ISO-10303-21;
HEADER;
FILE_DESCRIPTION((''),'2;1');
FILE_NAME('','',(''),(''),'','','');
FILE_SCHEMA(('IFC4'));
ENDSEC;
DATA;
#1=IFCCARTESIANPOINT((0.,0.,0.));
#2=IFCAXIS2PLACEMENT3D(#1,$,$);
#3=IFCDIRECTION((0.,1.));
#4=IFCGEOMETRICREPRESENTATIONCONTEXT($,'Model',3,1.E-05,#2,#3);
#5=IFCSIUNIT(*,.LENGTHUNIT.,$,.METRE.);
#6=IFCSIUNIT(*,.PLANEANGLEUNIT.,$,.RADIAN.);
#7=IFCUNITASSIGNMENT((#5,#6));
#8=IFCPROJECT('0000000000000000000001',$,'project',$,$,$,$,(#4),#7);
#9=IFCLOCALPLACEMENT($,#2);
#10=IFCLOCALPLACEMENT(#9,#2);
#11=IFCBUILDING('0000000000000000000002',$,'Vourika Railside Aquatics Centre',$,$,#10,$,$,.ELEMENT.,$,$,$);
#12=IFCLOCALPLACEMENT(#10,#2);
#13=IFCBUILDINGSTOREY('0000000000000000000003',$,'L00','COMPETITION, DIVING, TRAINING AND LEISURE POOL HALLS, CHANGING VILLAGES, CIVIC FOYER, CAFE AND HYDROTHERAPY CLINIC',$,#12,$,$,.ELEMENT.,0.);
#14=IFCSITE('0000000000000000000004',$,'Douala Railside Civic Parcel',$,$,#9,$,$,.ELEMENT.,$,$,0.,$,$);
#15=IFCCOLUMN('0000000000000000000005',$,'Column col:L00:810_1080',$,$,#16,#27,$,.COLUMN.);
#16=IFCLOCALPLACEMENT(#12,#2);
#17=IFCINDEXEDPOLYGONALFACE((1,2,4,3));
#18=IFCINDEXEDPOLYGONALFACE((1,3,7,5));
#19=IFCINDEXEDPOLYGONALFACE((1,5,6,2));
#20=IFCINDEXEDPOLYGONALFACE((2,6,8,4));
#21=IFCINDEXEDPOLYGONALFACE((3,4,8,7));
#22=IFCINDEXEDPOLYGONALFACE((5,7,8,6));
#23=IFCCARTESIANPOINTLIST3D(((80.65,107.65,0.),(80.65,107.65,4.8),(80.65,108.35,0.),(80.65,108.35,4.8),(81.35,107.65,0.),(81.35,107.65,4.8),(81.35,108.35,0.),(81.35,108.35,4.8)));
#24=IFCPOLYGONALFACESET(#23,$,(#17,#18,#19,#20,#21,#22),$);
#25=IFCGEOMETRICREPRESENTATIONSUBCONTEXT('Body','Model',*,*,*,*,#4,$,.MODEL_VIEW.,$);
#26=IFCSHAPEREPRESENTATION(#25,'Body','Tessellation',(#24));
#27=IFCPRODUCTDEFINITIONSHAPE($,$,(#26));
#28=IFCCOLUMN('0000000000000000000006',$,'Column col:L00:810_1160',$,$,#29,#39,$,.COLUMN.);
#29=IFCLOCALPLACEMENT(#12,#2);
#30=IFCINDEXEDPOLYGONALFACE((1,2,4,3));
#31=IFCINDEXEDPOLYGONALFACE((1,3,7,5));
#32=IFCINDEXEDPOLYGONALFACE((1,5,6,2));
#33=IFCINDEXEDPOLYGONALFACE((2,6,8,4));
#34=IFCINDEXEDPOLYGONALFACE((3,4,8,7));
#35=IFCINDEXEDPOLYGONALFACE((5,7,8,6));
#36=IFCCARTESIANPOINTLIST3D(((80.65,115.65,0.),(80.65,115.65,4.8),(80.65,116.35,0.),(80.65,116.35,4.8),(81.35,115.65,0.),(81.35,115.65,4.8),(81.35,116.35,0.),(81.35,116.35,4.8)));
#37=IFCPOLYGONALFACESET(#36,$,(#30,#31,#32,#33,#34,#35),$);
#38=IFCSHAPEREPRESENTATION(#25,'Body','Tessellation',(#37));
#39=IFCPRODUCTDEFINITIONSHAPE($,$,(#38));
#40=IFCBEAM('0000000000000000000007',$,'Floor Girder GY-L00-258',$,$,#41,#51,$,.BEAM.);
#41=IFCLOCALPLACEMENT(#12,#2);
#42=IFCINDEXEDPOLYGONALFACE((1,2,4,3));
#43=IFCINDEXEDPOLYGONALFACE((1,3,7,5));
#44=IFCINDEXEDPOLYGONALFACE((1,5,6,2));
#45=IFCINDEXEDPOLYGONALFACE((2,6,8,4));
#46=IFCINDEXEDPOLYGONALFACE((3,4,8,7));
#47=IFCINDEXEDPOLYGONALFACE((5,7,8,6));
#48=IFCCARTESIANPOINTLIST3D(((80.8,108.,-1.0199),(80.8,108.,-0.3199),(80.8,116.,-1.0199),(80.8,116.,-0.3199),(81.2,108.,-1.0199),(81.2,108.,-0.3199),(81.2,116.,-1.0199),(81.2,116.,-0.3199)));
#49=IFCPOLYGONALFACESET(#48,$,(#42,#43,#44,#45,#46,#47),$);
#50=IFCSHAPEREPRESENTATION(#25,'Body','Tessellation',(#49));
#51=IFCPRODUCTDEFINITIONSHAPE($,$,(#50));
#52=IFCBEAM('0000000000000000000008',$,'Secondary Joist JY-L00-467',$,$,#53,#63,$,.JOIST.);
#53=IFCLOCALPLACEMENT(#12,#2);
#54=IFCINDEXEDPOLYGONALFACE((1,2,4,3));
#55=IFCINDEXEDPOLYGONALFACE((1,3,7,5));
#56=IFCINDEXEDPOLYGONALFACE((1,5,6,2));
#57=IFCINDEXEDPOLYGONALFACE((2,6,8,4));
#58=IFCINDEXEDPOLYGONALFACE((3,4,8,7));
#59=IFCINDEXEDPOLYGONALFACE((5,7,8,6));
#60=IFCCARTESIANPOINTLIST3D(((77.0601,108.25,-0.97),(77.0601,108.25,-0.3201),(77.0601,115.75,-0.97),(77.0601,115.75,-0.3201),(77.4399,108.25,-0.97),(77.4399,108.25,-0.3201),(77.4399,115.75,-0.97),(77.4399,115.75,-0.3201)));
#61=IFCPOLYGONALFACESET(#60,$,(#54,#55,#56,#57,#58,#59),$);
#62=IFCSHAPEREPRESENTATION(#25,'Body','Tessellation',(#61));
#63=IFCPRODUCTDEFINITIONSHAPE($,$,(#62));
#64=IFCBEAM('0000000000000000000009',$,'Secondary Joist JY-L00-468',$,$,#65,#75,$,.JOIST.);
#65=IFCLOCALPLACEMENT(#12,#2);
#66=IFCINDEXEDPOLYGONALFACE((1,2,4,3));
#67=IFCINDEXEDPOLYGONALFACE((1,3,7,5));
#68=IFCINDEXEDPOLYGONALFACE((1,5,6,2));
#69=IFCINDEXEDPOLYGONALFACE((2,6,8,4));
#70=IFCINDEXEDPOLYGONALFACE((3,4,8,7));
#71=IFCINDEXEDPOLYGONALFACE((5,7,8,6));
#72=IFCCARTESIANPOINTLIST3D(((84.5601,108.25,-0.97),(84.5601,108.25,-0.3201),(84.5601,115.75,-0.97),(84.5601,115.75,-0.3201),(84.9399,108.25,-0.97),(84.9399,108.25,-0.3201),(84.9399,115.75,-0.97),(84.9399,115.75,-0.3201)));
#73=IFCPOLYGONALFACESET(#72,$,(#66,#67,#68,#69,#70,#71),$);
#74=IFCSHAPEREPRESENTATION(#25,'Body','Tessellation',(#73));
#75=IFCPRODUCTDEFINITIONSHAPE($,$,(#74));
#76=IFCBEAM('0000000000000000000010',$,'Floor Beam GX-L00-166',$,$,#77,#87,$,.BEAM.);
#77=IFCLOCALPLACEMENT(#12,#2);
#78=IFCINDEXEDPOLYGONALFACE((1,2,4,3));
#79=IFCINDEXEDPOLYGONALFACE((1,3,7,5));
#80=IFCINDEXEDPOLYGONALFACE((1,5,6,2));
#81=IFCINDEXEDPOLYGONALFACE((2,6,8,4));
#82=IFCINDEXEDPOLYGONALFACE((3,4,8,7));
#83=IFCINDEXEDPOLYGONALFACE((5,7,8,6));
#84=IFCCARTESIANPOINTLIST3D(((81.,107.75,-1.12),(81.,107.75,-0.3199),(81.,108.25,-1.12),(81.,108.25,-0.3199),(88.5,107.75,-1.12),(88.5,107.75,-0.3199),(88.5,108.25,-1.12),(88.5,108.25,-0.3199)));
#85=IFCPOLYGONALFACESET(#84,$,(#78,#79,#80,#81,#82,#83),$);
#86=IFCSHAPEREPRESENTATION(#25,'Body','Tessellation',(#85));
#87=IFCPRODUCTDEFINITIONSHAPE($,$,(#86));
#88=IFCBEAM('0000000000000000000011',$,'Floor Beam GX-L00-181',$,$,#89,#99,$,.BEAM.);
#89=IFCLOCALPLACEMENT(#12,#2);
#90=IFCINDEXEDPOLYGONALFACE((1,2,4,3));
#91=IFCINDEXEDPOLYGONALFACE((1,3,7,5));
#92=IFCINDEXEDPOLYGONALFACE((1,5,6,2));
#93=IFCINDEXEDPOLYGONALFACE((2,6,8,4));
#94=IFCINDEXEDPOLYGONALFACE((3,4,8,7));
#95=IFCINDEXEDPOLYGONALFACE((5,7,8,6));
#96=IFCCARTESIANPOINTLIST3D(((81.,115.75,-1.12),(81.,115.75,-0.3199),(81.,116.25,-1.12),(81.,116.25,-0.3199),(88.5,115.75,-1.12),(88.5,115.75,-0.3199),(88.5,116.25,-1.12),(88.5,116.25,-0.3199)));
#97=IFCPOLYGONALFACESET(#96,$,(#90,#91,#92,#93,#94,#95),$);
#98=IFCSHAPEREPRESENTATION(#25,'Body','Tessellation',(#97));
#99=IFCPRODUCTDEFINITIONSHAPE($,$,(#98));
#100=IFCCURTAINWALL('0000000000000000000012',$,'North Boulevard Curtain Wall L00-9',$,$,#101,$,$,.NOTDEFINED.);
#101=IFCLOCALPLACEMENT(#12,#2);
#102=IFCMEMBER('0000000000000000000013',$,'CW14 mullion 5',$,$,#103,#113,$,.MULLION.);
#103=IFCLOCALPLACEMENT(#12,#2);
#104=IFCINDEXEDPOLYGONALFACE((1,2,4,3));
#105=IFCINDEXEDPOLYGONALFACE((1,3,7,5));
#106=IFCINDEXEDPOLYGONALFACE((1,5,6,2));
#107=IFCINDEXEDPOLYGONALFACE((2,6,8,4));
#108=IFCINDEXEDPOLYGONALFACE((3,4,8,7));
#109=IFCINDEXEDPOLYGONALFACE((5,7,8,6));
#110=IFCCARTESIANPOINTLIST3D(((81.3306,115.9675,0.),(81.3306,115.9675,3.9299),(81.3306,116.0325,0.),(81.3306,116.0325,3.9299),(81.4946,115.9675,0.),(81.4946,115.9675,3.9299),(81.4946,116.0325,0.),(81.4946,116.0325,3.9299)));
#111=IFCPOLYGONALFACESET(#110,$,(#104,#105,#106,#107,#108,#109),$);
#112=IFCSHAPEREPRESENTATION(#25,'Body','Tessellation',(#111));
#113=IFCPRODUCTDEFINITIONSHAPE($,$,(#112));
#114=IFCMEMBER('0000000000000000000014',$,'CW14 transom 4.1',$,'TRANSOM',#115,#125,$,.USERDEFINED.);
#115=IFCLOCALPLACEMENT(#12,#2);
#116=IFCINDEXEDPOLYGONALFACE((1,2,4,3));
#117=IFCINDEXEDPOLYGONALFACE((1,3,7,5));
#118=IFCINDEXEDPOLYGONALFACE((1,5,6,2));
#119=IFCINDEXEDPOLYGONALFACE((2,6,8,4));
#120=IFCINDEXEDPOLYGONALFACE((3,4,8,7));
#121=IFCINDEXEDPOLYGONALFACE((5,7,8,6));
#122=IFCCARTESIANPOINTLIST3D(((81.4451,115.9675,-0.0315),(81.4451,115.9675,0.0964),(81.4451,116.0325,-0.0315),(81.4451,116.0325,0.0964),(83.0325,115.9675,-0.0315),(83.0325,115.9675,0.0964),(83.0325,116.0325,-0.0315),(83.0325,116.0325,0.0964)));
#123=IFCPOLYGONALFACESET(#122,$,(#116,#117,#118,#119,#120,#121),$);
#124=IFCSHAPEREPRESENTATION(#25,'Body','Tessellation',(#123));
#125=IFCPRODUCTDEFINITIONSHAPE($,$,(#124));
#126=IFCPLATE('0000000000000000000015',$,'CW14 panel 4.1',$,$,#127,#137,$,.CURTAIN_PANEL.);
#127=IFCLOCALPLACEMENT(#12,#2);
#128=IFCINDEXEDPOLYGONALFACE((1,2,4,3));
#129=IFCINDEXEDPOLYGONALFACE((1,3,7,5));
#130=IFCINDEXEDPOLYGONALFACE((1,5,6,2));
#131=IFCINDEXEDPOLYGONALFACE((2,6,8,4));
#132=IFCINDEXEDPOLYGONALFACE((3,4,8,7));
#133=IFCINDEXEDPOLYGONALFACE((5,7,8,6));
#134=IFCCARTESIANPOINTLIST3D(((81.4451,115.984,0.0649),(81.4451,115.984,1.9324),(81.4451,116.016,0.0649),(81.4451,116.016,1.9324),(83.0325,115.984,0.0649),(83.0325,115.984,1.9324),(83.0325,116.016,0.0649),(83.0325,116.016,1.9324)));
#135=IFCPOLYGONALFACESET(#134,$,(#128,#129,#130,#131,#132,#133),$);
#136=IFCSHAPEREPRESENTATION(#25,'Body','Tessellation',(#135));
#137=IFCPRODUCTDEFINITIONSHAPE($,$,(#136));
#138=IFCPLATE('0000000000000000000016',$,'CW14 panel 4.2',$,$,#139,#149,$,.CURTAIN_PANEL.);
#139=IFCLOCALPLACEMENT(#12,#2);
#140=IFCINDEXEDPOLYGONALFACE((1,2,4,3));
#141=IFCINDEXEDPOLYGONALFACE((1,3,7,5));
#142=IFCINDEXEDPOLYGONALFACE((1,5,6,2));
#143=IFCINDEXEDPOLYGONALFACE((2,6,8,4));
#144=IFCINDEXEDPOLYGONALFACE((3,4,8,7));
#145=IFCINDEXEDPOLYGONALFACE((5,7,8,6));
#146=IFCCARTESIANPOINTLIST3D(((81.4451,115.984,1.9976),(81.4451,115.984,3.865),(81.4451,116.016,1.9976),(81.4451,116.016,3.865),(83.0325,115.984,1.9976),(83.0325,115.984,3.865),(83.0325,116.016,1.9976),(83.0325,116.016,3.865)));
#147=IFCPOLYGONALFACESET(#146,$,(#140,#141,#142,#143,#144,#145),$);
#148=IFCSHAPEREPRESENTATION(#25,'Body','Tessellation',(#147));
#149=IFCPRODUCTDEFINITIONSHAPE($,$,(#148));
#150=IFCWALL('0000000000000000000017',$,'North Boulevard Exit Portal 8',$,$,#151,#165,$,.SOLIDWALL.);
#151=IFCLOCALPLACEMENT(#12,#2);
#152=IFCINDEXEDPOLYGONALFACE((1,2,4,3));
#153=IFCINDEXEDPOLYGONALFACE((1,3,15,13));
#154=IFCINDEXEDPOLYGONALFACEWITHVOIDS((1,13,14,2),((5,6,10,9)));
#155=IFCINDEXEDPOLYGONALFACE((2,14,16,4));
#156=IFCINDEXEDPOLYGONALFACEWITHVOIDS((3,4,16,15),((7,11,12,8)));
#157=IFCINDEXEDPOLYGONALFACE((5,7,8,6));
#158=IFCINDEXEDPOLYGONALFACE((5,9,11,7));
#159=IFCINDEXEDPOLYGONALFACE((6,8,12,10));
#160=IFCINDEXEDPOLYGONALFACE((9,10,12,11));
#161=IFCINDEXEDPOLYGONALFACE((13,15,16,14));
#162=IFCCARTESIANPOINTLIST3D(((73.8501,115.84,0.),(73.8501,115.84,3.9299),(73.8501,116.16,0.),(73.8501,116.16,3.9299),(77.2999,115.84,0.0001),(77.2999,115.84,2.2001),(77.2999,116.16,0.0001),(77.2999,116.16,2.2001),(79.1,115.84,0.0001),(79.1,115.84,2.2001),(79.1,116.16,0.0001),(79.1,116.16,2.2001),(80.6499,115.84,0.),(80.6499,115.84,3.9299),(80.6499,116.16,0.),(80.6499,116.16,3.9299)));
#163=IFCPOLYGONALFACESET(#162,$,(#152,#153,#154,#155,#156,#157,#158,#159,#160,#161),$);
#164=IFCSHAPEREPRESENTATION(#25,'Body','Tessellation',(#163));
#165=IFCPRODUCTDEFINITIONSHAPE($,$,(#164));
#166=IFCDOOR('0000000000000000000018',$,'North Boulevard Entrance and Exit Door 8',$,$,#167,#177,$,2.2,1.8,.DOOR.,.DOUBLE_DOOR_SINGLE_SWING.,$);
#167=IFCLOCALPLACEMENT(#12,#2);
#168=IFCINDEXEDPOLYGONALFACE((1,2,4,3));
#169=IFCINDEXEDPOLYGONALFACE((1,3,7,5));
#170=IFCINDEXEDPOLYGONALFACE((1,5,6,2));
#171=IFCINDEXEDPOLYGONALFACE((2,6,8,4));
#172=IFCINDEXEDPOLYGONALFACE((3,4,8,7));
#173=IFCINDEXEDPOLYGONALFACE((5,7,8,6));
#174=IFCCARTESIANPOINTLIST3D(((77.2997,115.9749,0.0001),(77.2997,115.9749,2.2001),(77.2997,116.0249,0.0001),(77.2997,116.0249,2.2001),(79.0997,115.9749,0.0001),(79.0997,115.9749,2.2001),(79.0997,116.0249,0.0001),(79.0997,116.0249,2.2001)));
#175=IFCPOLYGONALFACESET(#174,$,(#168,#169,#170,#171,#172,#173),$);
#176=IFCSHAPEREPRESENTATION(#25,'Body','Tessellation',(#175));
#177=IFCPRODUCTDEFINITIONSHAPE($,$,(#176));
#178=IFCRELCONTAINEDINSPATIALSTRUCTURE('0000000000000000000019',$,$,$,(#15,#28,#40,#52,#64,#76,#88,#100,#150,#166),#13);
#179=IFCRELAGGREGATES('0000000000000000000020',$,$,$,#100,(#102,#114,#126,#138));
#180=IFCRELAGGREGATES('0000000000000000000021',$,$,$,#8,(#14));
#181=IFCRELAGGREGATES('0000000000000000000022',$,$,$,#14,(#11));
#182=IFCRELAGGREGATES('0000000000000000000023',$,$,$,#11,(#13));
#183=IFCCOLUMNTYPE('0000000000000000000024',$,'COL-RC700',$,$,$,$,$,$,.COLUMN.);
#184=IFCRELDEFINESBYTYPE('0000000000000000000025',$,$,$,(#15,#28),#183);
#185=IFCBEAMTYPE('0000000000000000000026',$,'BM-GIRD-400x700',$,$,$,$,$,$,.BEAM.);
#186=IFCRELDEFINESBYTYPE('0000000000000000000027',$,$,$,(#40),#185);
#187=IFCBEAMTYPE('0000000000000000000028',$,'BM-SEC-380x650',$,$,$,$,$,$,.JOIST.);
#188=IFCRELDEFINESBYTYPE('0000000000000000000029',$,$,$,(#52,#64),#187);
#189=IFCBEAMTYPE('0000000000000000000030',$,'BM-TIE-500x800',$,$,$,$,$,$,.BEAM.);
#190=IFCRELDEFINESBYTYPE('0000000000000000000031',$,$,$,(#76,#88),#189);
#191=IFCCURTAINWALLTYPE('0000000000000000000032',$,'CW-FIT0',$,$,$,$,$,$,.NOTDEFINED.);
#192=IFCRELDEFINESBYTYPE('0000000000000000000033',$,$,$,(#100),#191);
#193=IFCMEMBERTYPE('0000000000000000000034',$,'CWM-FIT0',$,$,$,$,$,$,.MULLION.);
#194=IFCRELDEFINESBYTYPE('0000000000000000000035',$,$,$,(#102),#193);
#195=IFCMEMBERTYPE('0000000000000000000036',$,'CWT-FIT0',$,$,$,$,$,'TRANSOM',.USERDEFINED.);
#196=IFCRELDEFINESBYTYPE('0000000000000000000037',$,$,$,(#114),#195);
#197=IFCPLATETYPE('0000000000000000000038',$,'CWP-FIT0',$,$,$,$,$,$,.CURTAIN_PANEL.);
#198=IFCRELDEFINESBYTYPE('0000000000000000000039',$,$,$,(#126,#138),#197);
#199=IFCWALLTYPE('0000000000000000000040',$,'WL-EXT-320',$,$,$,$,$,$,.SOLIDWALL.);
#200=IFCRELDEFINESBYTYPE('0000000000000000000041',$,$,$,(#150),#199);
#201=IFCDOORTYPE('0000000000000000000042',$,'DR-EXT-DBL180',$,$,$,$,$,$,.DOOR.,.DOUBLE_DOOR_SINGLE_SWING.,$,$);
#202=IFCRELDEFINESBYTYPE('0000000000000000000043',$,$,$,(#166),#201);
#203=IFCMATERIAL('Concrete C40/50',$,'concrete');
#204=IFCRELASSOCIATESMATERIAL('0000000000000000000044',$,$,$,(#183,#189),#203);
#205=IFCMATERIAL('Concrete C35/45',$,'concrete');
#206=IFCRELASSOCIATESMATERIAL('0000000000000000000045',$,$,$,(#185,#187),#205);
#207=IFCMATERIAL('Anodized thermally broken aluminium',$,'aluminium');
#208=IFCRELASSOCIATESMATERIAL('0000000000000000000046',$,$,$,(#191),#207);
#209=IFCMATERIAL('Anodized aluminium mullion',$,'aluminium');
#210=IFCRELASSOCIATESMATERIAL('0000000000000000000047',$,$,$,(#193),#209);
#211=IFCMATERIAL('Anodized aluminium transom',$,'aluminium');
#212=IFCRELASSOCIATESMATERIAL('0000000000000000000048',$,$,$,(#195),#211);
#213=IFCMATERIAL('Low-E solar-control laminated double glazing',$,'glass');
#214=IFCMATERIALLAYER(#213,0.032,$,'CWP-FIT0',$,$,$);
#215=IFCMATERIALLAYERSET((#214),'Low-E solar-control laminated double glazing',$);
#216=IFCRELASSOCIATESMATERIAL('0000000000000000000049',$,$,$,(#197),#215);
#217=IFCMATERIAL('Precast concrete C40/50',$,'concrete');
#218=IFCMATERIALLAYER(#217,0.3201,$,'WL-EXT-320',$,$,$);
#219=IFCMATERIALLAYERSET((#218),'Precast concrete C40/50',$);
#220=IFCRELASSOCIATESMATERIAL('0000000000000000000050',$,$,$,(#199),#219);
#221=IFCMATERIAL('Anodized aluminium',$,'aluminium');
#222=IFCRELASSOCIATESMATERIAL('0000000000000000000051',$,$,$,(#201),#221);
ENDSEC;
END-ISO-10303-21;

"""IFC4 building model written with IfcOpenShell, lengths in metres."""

from ifc_helpers import new_model, si_unit, direction, frame, frame_2d, origin, origin_2d, place, context, subcontext, project, spatial, rectangle, extrude, material, layer, layer_set, material_profile, profile_set, type_object, element, fill, aggregate, save


model = new_model("IFC4")

# Units and contexts
model_context = context("Model", 3, precision=1e-05, world=origin(), true_north=direction((0.0, 1.0)))
body_context = subcontext(model_context, "Body", "Model", "MODEL_VIEW")
ifc_project = project(units=[si_unit("LENGTHUNIT", "METRE"), si_unit("PLANEANGLEUNIT", "RADIAN")], contexts=[model_context])

# Site, building, storey
site_placement = place(None, origin())
site = spatial("IfcSite", under=ifc_project, at=site_placement, Name="Douala Railside Civic Parcel", CompositionType="ELEMENT", RefElevation=0.0)
building_placement = place(site_placement, origin())
building = spatial("IfcBuilding", under=site, at=building_placement, Name="Vourika Railside Aquatics Centre", CompositionType="ELEMENT")
storey_placement = place(building_placement, origin())
storey = spatial("IfcBuildingStorey", under=building, at=storey_placement, Name="L00", Description="COMPETITION, DIVING, TRAINING AND LEISURE POOL HALLS, CHANGING VILLAGES, CIVIC FOYER, CAFE AND HYDROTHERAPY CLINIC", CompositionType="ELEMENT", Elevation=0.0)

# Columns
ifc_material_1 = material(Name="Concrete C40/50", Category="concrete")
ifc_material_profile_1 = material_profile(ifc_material_1, rectangle(XDim=0.7, YDim=0.7, at=origin_2d()), Name="RC 700x700")
ifc_profile_set_1 = profile_set([ifc_material_profile_1], Name="Concrete C40/50")
column_type = type_object("IfcColumnType", Name="COL-RC700", PredefinedType="COLUMN", material=ifc_profile_set_1)
for number, where, z_axis, x_axis, name in (
    (1, (81.0, 108.0, 0.0), (0.0, 0.0, 1.0), (1.0, 0.0, 0.0), "Column col:L00:810_1080"),
    (2, (81.0, 116.0, 0.0), (0.0, 0.0, 1.0), (1.0, 0.0, 0.0), "Column col:L00:810_1160"),
):
    element("IfcColumn", number, at=place(storey_placement, frame(where, z_axis=z_axis, x_axis=x_axis)), inside=storey, type_object=column_type, Name=name, PredefinedType="COLUMN", context=body_context, shape_type="SweptSolid", body=[
        extrude(rectangle(XDim=0.7, YDim=0.7, at=origin_2d()), origin(), (0.0, 0.0, 1.0), 4.8),
    ])

# Beams
ifc_material_2 = material(Name="Concrete C35/45", Category="concrete")
ifc_material_profile_2 = material_profile(ifc_material_2, rectangle(XDim=0.3999, YDim=0.7, at=origin_2d()), Name="RC 400x700")
ifc_profile_set_2 = profile_set([ifc_material_profile_2], Name="Concrete C35/45")
beam_type_1 = type_object("IfcBeamType", Name="BM-GIRD-400x700", PredefinedType="BEAM", material=ifc_profile_set_2)
beam_placement = place(storey_placement, frame((81.0, 108.0, -0.6699), z_axis=(0.0, 1.0, 0.0), x_axis=(-1.0, 0.0, 0.0)))
element("IfcBeam", 3, at=beam_placement, inside=storey, type_object=beam_type_1, Name="Floor Girder GY-L00-258", PredefinedType="BEAM", context=body_context, shape_type="SweptSolid", body=[
    extrude(rectangle(XDim=0.3999, YDim=0.7, at=origin_2d()), origin(), (0.0, 0.0, 1.0), 8.0),
])
ifc_material_profile_3 = material_profile(ifc_material_2, rectangle(XDim=0.3799, YDim=0.6499, at=origin_2d()), Name="RC 380x650")
ifc_profile_set_3 = profile_set([ifc_material_profile_3], Name="Concrete C35/45")
beam_type_2 = type_object("IfcBeamType", Name="BM-SEC-380x650", PredefinedType="JOIST", material=ifc_profile_set_3)
for number, where, z_axis, x_axis, name in (
    (4, (77.25, 108.25, -0.645), (0.0, 1.0, 0.0), (-1.0, 0.0, 0.0), "Secondary Joist JY-L00-467"),
    (5, (84.75, 108.25, -0.645), (0.0, 1.0, 0.0), (-1.0, 0.0, 0.0), "Secondary Joist JY-L00-468"),
):
    element("IfcBeam", number, at=place(storey_placement, frame(where, z_axis=z_axis, x_axis=x_axis)), inside=storey, type_object=beam_type_2, Name=name, PredefinedType="JOIST", context=body_context, shape_type="SweptSolid", body=[
        extrude(rectangle(XDim=0.3799, YDim=0.6499, at=origin_2d()), origin(), (0.0, 0.0, 1.0), 7.5),
    ])
ifc_material_profile_4 = material_profile(ifc_material_1, rectangle(XDim=0.5, YDim=0.8, at=origin_2d()), Name="RC 500x800")
ifc_profile_set_4 = profile_set([ifc_material_profile_4], Name="Concrete C40/50")
beam_type_3 = type_object("IfcBeamType", Name="BM-TIE-500x800", PredefinedType="BEAM", material=ifc_profile_set_4)
for number, where, z_axis, x_axis, name in (
    (6, (81.0, 108.0, -0.72), (1.0, 0.0, 0.0), (0.0, 1.0, 0.0), "Floor Beam GX-L00-166"),
    (7, (81.0, 116.0, -0.72), (1.0, 0.0, 0.0), (0.0, 1.0, 0.0), "Floor Beam GX-L00-181"),
):
    element("IfcBeam", number, at=place(storey_placement, frame(where, z_axis=z_axis, x_axis=x_axis)), inside=storey, type_object=beam_type_3, Name=name, PredefinedType="BEAM", context=body_context, shape_type="SweptSolid", body=[
        extrude(rectangle(XDim=0.5, YDim=0.8, at=origin_2d()), origin(), (0.0, 0.0, 1.0), 7.5),
    ])

# Curtain wall, members, plates
ifc_material_3 = material(Name="Anodized thermally broken aluminium", Category="aluminium")
curtain_wall_type = type_object("IfcCurtainWallType", Name="CW-FIT0", PredefinedType="NOTDEFINED", material=ifc_material_3)
curtain_wall_placement = place(storey_placement, origin())
curtain_wall = element("IfcCurtainWall", 8, at=curtain_wall_placement, inside=storey, type_object=curtain_wall_type, Name="North Boulevard Curtain Wall L00-9", PredefinedType="NOTDEFINED")
ifc_material_4 = material(Name="Anodized aluminium mullion", Category="aluminium")
ifc_material_profile_5 = material_profile(ifc_material_4, rectangle(XDim=0.0649, YDim=0.1641, at=origin_2d()), Name="ALU-M 65x164")
ifc_profile_set_5 = profile_set([ifc_material_profile_5], Name="Anodized aluminium mullion")
member_type_1 = type_object("IfcMemberType", Name="CWM-FIT0", PredefinedType="MULLION", material=ifc_profile_set_5)
member_1_placement = place(storey_placement, frame((81.4126, 116.0, 0.0), z_axis=(0.0, 0.0, 1.0), x_axis=(0.0, -1.0, 0.0)))
member_1 = element("IfcMember", 9, at=member_1_placement, type_object=member_type_1, Name="CW14 mullion 5", PredefinedType="MULLION", context=body_context, shape_type="SweptSolid", body=[
    extrude(rectangle(XDim=0.0649, YDim=0.1641, at=origin_2d()), origin(), (0.0, 0.0, 1.0), 3.9299),
])
ifc_material_5 = material(Name="Anodized aluminium transom", Category="aluminium")
ifc_material_profile_6 = material_profile(ifc_material_5, rectangle(XDim=0.0649, YDim=0.1279, at=origin_2d()), Name="ALU-T 65x128")
ifc_profile_set_6 = profile_set([ifc_material_profile_6], Name="Anodized aluminium transom")
member_type_2 = type_object("IfcMemberType", Name="CWT-FIT0", ElementType="TRANSOM", PredefinedType="USERDEFINED", material=ifc_profile_set_6)
member_2_placement = place(storey_placement, frame((83.0325, 116.0, 0.0325), z_axis=(-1.0, 0.0, 0.0), x_axis=(0.0, -1.0, 0.0)))
member_2 = element("IfcMember", 10, at=member_2_placement, type_object=member_type_2, Name="CW14 transom 4.1", ObjectType="TRANSOM", PredefinedType="USERDEFINED", context=body_context, shape_type="SweptSolid", body=[
    extrude(rectangle(XDim=0.0649, YDim=0.1279, at=origin_2d()), origin(), (0.0, 0.0, 1.0), 1.5874),
])
ifc_material_6 = material(Name="Low-E solar-control laminated double glazing", Category="glass")
ifc_layer_1 = layer(ifc_material_6, 0.032, Name="CWP-FIT0")
ifc_layer_set_1 = layer_set([ifc_layer_1], Name="Low-E solar-control laminated double glazing")
plate_type = type_object("IfcPlateType", Name="CWP-FIT0", PredefinedType="CURTAIN_PANEL", material=ifc_layer_set_1)
plate_1_placement = place(storey_placement, frame((82.2388, 116.0, 0.0649), z_axis=(0.0, 0.0, 1.0), x_axis=(-1.0, 0.0, 0.0)))
plate_1 = element("IfcPlate", 11, at=plate_1_placement, type_object=plate_type, Name="CW14 panel 4.1", PredefinedType="CURTAIN_PANEL", context=body_context, shape_type="SweptSolid", body=[
    extrude(rectangle(XDim=1.5874, YDim=0.032, at=origin_2d()), origin(), (0.0, 0.0, 1.0), 1.8674),
])
plate_2_placement = place(storey_placement, frame((82.2388, 116.0, 1.9976), z_axis=(0.0, 0.0, 1.0), x_axis=(-1.0, 0.0, 0.0)))
plate_2 = element("IfcPlate", 12, at=plate_2_placement, type_object=plate_type, Name="CW14 panel 4.2", PredefinedType="CURTAIN_PANEL", context=body_context, shape_type="SweptSolid", body=[
    extrude(rectangle(XDim=1.5874, YDim=0.032, at=origin_2d()), origin(), (0.0, 0.0, 1.0), 1.8674),
])
aggregate(curtain_wall, [member_1, member_2, plate_1, plate_2])

# Wall, opening, door
ifc_material_7 = material(Name="Precast concrete C40/50", Category="concrete")
ifc_layer_2 = layer(ifc_material_7, 0.3201, Name="WL-EXT-320")
ifc_layer_set_2 = layer_set([ifc_layer_2], Name="Precast concrete C40/50")
wall_type_1 = type_object("IfcWallType", Name="WL-EXT-320", PredefinedType="SOLIDWALL", material=ifc_layer_set_2)
wall_1_placement = place(storey_placement, frame((80.6499, 116.0, 0.0), z_axis=(0.0, 0.0, 1.0), x_axis=(-1.0, 0.0, 0.0)))
wall_1 = element("IfcWall", 13, at=wall_1_placement, inside=storey, type_object=wall_type_1, Name="North Boulevard Exit Portal 8", PredefinedType="SOLIDWALL", context=body_context, shape_type="SweptSolid", body=[
    extrude(rectangle(XDim=6.7998, YDim=0.3201, at=frame_2d((3.3999, 0.0))), origin(), (0.0, 0.0, 1.0), 3.9299),
])
opening_1_placement = place(wall_1_placement, frame((1.55, 0.0, 0.0)))
opening_1 = element("IfcOpeningElement", 14, at=opening_1_placement, cuts=wall_1, PredefinedType="OPENING", context=body_context, shape_type="SweptSolid", body=[
    extrude(rectangle(XDim=1.8, YDim=2.2, at=frame_2d((0.8999, 1.1001))), frame((0.0, 0.1699, 0.0), z_axis=(0.0, -1.0, 0.0), x_axis=(1.0, 0.0, 0.0)), (0.0, 0.0, 1.0), 0.3401),
])
ifc_material_8 = material(Name="Anodized aluminium", Category="aluminium")
door_type_1 = type_object("IfcDoorType", Name="DR-EXT-DBL180", OperationType="DOUBLE_DOOR_SINGLE_SWING", PredefinedType="DOOR", material=ifc_material_8)
door_1_placement = place(opening_1_placement, frame((1.8, 0.0, 0.0), z_axis=(0.0, 0.0, 1.0), x_axis=(-1.0, 0.0, 0.0)))
door_1 = element("IfcDoor", 15, at=door_1_placement, inside=storey, type_object=door_type_1, Name="North Boulevard Entrance and Exit Door 8", OperationType="DOUBLE_DOOR_SINGLE_SWING", OverallHeight=2.2, OverallWidth=1.8, PredefinedType="DOOR", context=body_context, shape_type="SweptSolid", body=[
    extrude(rectangle(XDim=1.8, YDim=2.2, at=frame_2d((0.8999, 1.1001))), frame((0.0, 0.0249, 0.0), z_axis=(0.0, -1.0, 0.0), x_axis=(1.0, 0.0, 0.0)), (0.0, 0.0, 1.0), 0.05),
])
fill(opening_1, door_1)

save(model, "model.ifc")
